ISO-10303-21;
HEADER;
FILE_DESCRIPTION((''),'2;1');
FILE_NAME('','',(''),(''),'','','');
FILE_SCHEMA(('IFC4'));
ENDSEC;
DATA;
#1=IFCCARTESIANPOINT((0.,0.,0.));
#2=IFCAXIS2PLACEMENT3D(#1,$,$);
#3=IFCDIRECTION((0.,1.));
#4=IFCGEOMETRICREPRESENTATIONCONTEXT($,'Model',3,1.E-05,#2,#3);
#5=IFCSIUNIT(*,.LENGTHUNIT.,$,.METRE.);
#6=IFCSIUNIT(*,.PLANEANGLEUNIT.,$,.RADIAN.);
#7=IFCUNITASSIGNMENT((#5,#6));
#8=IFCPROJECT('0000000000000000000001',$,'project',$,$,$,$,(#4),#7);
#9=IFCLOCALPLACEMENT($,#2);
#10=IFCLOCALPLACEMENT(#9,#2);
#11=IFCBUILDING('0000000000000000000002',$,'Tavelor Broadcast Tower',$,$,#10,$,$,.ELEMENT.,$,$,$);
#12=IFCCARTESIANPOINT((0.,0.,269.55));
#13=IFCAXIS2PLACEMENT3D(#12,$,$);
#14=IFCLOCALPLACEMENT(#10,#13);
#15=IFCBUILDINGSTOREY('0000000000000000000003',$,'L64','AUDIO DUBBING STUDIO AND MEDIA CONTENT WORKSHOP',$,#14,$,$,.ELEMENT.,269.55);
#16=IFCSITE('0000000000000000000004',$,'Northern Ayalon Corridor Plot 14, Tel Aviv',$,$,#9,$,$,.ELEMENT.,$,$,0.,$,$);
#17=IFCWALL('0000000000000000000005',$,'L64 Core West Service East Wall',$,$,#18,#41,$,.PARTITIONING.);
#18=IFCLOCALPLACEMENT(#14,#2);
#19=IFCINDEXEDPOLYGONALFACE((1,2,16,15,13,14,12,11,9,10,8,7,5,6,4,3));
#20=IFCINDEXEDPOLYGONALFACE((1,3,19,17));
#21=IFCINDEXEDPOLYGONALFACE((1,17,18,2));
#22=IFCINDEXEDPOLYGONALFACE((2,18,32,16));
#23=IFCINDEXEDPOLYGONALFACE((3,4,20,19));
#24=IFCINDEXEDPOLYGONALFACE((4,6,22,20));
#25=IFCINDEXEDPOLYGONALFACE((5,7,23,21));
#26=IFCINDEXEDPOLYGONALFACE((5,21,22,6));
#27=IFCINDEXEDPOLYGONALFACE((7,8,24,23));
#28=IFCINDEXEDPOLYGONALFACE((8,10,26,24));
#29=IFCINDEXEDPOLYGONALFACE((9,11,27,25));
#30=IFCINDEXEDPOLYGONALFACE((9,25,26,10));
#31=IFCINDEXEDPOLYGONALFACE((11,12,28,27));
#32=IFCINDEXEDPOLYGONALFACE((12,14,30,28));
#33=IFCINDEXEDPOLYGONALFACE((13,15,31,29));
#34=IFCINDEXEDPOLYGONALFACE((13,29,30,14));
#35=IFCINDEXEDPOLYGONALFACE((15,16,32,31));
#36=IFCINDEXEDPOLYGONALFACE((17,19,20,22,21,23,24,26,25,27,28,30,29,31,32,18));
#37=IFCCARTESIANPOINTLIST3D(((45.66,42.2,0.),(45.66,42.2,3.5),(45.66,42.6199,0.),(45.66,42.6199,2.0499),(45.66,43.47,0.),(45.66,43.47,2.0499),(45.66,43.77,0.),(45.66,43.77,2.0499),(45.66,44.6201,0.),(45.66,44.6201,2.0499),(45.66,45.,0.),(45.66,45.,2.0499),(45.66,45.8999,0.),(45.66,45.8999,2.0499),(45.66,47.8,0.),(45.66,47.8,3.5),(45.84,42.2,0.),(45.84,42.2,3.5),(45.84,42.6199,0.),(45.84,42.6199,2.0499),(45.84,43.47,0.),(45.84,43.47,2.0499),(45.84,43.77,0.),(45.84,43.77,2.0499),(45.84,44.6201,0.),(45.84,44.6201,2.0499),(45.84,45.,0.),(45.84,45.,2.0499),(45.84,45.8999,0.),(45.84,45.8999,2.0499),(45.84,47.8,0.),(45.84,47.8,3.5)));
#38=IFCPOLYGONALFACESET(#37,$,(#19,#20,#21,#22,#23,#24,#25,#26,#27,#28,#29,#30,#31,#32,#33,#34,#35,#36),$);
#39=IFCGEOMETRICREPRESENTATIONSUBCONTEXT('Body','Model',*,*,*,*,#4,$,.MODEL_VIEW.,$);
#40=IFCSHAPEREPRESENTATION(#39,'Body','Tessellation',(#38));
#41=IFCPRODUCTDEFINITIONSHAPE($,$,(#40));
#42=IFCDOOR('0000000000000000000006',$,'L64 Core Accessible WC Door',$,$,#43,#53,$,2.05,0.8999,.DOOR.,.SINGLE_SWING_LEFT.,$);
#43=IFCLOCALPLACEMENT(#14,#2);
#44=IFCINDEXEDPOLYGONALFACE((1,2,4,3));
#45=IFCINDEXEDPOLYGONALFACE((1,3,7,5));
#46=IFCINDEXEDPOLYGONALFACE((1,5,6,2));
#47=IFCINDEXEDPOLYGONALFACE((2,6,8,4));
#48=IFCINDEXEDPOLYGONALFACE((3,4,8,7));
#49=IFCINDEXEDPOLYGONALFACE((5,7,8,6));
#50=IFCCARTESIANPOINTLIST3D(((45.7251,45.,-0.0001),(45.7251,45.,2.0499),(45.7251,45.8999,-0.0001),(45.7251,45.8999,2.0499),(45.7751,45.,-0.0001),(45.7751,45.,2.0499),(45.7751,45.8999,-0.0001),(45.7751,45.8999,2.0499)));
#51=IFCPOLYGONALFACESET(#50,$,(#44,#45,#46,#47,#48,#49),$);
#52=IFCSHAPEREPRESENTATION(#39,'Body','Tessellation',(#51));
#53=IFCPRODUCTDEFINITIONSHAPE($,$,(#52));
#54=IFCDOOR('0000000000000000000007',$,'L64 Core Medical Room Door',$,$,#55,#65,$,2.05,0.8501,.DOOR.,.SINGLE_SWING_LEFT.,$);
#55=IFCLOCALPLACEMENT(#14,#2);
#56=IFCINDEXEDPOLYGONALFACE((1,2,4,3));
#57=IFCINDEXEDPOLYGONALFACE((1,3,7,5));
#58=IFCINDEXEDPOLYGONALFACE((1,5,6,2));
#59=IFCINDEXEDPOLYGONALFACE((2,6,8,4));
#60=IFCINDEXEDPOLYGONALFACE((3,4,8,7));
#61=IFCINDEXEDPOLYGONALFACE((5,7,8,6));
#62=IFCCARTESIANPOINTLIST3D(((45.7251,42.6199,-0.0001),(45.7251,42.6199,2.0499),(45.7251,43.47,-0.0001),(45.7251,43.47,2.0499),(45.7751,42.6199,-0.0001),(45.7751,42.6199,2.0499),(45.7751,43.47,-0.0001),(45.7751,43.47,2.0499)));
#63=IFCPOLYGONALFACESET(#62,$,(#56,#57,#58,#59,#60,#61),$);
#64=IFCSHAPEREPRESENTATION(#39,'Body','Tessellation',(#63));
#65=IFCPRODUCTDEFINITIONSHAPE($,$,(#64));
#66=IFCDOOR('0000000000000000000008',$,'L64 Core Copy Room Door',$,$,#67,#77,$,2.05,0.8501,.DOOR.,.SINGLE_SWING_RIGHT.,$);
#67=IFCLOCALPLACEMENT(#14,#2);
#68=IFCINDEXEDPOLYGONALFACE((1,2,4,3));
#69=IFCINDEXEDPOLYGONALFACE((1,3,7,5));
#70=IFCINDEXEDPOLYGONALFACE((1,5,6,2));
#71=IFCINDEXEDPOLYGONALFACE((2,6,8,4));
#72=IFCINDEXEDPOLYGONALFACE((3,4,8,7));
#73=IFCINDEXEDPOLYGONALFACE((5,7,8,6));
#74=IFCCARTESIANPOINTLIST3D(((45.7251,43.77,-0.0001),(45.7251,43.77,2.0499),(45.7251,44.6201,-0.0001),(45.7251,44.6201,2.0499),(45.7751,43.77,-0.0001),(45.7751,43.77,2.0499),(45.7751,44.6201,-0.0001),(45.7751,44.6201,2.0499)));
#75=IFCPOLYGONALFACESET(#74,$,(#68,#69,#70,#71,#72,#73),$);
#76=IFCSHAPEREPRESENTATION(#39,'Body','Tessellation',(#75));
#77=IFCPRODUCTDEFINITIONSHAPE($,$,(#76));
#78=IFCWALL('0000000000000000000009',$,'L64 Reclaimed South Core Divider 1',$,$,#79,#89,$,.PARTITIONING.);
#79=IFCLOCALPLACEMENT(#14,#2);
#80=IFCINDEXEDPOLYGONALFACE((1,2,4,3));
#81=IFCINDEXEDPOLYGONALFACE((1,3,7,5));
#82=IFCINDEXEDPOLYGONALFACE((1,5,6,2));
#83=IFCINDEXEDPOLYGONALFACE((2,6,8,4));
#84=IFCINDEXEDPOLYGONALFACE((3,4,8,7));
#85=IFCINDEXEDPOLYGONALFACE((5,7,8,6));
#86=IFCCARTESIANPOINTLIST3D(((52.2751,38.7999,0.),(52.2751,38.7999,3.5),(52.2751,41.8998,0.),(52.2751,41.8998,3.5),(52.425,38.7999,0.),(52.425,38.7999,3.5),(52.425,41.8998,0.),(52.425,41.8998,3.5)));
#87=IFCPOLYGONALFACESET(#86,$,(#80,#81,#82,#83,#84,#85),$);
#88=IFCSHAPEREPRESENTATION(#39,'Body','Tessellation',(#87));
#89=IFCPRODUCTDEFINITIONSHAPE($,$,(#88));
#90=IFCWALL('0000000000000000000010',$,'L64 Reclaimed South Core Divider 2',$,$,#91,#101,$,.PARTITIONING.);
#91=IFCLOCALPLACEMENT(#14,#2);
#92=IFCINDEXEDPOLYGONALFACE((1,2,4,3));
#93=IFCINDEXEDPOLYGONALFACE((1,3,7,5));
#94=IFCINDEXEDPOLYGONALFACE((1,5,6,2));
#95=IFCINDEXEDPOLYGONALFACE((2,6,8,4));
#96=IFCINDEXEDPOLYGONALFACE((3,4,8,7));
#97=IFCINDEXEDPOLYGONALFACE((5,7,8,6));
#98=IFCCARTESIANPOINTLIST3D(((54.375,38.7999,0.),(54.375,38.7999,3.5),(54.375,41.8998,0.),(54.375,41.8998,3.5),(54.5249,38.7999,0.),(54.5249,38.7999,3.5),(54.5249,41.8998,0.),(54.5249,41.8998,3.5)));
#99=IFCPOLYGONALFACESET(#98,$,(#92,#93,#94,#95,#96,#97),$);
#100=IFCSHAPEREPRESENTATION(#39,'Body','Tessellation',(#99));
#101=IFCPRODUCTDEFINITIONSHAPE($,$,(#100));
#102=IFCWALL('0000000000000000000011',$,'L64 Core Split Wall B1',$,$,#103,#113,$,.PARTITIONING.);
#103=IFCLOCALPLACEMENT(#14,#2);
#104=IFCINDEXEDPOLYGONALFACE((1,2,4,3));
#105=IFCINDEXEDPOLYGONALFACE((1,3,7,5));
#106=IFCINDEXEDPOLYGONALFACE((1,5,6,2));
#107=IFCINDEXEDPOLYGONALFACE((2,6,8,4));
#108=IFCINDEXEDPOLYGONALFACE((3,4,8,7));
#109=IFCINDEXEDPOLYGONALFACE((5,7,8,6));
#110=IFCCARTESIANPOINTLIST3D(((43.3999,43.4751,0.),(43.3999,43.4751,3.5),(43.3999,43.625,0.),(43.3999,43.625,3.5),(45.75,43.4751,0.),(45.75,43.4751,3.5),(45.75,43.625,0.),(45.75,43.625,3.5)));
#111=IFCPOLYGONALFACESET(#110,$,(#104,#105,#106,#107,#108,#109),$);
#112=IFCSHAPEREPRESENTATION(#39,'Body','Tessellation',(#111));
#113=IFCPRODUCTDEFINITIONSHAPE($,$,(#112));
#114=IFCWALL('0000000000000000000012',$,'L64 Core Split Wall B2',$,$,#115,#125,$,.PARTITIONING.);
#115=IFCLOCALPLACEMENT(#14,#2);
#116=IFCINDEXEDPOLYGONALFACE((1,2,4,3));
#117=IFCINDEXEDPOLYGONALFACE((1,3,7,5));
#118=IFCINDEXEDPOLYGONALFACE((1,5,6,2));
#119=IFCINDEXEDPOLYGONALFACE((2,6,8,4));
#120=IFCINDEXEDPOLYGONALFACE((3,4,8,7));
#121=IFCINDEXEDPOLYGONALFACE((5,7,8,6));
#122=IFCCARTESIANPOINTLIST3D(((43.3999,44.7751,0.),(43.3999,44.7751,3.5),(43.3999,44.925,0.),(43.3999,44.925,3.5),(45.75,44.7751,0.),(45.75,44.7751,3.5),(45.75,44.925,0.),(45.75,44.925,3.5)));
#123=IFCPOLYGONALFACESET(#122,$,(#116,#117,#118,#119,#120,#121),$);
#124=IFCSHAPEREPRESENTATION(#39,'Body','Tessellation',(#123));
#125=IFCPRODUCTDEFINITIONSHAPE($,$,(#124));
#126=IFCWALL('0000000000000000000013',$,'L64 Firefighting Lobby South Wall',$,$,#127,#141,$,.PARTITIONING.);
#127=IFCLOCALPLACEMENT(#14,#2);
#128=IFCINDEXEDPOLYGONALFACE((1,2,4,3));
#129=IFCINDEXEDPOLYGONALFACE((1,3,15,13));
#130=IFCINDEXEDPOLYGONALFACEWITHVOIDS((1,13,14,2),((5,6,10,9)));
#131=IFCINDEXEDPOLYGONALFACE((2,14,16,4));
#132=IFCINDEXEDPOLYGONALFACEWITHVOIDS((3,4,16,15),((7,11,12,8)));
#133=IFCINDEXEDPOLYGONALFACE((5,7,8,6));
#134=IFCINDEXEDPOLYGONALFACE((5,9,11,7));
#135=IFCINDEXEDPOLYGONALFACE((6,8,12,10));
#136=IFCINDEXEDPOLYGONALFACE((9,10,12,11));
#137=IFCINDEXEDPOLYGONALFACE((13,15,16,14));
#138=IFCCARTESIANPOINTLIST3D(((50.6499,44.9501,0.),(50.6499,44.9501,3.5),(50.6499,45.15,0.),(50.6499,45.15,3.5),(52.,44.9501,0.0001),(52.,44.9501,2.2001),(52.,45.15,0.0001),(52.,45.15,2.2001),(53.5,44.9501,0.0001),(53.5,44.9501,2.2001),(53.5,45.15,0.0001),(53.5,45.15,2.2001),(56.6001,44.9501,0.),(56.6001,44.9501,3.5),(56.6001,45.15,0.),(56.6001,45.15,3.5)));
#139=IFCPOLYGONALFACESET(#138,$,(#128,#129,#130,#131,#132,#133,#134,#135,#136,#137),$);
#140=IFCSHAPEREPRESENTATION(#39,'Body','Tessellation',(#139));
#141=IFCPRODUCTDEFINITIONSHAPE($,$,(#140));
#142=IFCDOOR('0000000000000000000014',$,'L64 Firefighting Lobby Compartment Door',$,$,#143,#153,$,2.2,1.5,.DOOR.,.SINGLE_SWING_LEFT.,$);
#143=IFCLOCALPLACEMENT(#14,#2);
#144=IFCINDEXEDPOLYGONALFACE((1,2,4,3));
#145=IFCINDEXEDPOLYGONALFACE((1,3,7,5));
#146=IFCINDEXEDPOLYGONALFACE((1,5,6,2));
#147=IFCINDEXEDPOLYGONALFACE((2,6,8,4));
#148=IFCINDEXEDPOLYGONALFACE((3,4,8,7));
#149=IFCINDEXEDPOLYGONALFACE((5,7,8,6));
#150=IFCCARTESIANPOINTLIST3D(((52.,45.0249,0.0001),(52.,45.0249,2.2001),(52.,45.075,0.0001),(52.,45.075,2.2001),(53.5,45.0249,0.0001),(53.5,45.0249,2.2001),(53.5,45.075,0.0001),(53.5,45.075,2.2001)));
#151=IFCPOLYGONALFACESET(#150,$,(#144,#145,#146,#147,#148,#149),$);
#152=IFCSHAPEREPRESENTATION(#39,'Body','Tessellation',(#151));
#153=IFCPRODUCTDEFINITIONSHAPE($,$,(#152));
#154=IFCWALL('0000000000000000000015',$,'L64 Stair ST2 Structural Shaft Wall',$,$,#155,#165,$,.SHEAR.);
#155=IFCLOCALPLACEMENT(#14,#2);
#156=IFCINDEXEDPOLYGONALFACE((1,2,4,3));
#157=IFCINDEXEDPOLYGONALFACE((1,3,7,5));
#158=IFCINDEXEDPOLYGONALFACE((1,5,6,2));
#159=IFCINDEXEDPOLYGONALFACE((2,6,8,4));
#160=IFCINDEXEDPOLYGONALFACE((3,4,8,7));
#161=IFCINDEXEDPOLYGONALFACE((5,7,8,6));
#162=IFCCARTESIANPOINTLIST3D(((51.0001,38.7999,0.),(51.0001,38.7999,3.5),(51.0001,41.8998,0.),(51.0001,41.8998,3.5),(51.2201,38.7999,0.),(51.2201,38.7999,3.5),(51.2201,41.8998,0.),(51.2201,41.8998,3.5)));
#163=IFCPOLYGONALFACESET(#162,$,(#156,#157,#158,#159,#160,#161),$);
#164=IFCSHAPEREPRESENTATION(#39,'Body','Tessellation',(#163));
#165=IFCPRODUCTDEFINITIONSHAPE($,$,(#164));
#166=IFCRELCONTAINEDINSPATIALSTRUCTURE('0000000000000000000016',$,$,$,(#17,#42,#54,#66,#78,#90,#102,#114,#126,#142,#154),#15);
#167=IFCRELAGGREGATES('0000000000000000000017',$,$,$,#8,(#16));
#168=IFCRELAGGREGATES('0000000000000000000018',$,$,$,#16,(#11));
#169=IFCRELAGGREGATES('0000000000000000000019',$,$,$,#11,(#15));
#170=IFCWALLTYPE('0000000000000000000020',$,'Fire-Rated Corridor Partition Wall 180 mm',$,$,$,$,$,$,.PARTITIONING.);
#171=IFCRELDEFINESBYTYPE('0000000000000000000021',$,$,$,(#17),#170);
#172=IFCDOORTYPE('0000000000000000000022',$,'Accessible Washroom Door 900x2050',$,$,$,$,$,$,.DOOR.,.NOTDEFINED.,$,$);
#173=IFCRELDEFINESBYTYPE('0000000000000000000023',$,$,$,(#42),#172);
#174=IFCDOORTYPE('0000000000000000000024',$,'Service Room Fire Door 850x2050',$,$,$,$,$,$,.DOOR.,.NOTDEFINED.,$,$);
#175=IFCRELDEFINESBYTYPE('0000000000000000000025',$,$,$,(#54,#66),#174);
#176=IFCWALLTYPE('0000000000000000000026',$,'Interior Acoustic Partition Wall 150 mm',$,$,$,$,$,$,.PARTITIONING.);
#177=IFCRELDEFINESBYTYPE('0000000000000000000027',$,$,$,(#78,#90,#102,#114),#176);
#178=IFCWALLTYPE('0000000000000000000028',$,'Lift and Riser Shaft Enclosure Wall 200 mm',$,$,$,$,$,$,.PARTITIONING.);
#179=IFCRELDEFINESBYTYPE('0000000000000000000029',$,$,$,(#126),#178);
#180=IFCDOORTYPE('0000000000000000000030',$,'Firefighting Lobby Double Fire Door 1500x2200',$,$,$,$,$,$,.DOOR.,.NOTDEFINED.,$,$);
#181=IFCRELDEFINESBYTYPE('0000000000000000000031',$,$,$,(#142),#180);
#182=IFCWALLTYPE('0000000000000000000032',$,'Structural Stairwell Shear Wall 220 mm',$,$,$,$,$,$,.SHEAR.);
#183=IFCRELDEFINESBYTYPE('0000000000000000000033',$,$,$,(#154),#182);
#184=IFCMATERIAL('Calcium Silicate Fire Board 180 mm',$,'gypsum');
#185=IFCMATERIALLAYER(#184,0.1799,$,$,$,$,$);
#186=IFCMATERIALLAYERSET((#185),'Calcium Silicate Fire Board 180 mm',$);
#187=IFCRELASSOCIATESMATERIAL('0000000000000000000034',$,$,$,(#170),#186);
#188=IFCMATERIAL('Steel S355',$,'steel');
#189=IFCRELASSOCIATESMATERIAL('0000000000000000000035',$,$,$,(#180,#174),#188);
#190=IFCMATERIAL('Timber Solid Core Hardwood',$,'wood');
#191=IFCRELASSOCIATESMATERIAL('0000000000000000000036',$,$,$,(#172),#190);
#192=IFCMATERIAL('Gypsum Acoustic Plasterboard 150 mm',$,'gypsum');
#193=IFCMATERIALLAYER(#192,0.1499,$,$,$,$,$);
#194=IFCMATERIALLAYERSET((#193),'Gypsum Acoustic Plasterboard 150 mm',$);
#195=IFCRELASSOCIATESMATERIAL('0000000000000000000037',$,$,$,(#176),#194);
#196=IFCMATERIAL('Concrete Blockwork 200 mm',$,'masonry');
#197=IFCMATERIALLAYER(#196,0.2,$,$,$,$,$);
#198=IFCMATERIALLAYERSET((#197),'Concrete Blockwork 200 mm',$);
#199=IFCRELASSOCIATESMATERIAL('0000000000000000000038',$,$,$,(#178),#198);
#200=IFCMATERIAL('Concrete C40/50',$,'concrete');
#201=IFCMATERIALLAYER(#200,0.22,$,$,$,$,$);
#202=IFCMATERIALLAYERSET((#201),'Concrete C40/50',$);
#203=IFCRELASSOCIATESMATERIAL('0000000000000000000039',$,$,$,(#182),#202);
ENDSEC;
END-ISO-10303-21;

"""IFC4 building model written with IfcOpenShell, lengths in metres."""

from ifc_helpers import new_model, si_unit, direction, frame, frame_2d, origin, place, context, subcontext, project, spatial, rectangle, extrude, material, layer, layer_set, type_object, element, fill, save


model = new_model("IFC4")

# Units and contexts
model_context = context("Model", 3, precision=1e-05, world=origin(), true_north=direction((0.0, 1.0)))
body_context = subcontext(model_context, "Body", "Model", "MODEL_VIEW")
ifc_project = project(units=[si_unit("LENGTHUNIT", "METRE"), si_unit("PLANEANGLEUNIT", "RADIAN")], contexts=[model_context])

# Site, building, storey
site_placement = place(None, origin())
site = spatial("IfcSite", under=ifc_project, at=site_placement, Name="Northern Ayalon Corridor Plot 14, Tel Aviv", CompositionType="ELEMENT", RefElevation=0.0)
building_placement = place(site_placement, origin())
building = spatial("IfcBuilding", under=site, at=building_placement, Name="Tavelor Broadcast Tower", CompositionType="ELEMENT")
storey_placement = place(building_placement, frame((0.0, 0.0, 269.55)))
storey = spatial("IfcBuildingStorey", under=building, at=storey_placement, Name="L64", Description="AUDIO DUBBING STUDIO AND MEDIA CONTENT WORKSHOP", CompositionType="ELEMENT", Elevation=269.55)

# Shared definitions
ifc_material_1 = material(Name="Concrete C40/50", Category="concrete")
ifc_material_2 = material(Name="Steel S355", Category="steel")

# Shared definitions
ifc_material_3 = material(Name="Calcium Silicate Fire Board 180 mm", Category="gypsum")
ifc_layer_1 = layer(ifc_material_3, 0.1799)
ifc_layer_set_1 = layer_set([ifc_layer_1], Name="Calcium Silicate Fire Board 180 mm")
wall_type_1 = type_object("IfcWallType", Name="Fire-Rated Corridor Partition Wall 180 mm", PredefinedType="PARTITIONING", material=ifc_layer_set_1)
door_type_1 = type_object("IfcDoorType", Name="Firefighting Lobby Double Fire Door 1500x2200", OperationType="NOTDEFINED", PredefinedType="DOOR", material=ifc_material_2)

# Wall, openings, doors
wall_1_placement = place(storey_placement, frame((45.75, 42.2, 0.0), z_axis=(0.0, 0.0, 1.0), x_axis=(0.0, 1.0, 0.0)))
wall_1 = element("IfcWall", 1, at=wall_1_placement, inside=storey, type_object=wall_type_1, Name="L64 Core West Service East Wall", PredefinedType="PARTITIONING", context=body_context, shape_type="SweptSolid", body=[
    extrude(rectangle(XDim=5.6001, YDim=0.1799, at=frame_2d((2.8, 0.0))), origin(), (0.0, 0.0, 1.0), 3.5),
])
opening_1_placement = place(wall_1_placement, frame((0.4199, 0.0, 0.0)))
opening_1 = element("IfcOpeningElement", 2, at=opening_1_placement, cuts=wall_1, PredefinedType="OPENING", context=body_context, shape_type="SweptSolid", body=[
    extrude(rectangle(XDim=0.8501, YDim=2.05, at=frame_2d((0.425, 1.0249))), frame((0.0, 0.1001, 0.0), z_axis=(0.0, -1.0, 0.0), x_axis=(1.0, 0.0, 0.0)), (0.0, 0.0, 1.0), 0.2),
])
opening_2_placement = place(wall_1_placement, frame((1.5701, 0.0, 0.0)))
opening_2 = element("IfcOpeningElement", 3, at=opening_2_placement, cuts=wall_1, PredefinedType="OPENING", context=body_context, shape_type="SweptSolid", body=[
    extrude(rectangle(XDim=0.8501, YDim=2.05, at=frame_2d((0.425, 1.0249))), frame((0.0, 0.1001, 0.0), z_axis=(0.0, -1.0, 0.0), x_axis=(1.0, 0.0, 0.0)), (0.0, 0.0, 1.0), 0.2),
])
opening_3_placement = place(wall_1_placement, frame((2.8, 0.0, 0.0)))
opening_3 = element("IfcOpeningElement", 4, at=opening_3_placement, cuts=wall_1, PredefinedType="OPENING", context=body_context, shape_type="SweptSolid", body=[
    extrude(rectangle(XDim=0.8999, YDim=2.05, at=frame_2d((0.45, 1.0249))), frame((0.0, 0.1001, 0.0), z_axis=(0.0, -1.0, 0.0), x_axis=(1.0, 0.0, 0.0)), (0.0, 0.0, 1.0), 0.2),
])
ifc_material_4 = material(Name="Timber Solid Core Hardwood", Category="wood")
door_type_2 = type_object("IfcDoorType", Name="Accessible Washroom Door 900x2050", OperationType="NOTDEFINED", PredefinedType="DOOR", material=ifc_material_4)
door_1_placement = place(opening_3_placement, origin())
door_1 = element("IfcDoor", 5, at=door_1_placement, inside=storey, type_object=door_type_2, Name="L64 Core Accessible WC Door", OperationType="SINGLE_SWING_LEFT", OverallHeight=2.05, OverallWidth=0.8999, PredefinedType="DOOR", context=body_context, shape_type="SweptSolid", body=[
    extrude(rectangle(XDim=0.8999, YDim=2.05, at=frame_2d((0.45, 1.0249))), frame((0.0, 0.0249, 0.0), z_axis=(0.0, -1.0, 0.0), x_axis=(1.0, 0.0, 0.0)), (0.0, 0.0, 1.0), 0.05),
])
fill(opening_3, door_1)
door_type_3 = type_object("IfcDoorType", Name="Service Room Fire Door 850x2050", OperationType="NOTDEFINED", PredefinedType="DOOR", material=ifc_material_2)
door_2_placement = place(opening_1_placement, origin())
door_2 = element("IfcDoor", 6, at=door_2_placement, inside=storey, type_object=door_type_3, Name="L64 Core Medical Room Door", OperationType="SINGLE_SWING_LEFT", OverallHeight=2.05, OverallWidth=0.8501, PredefinedType="DOOR", context=body_context, shape_type="SweptSolid", body=[
    extrude(rectangle(XDim=0.8501, YDim=2.05, at=frame_2d((0.425, 1.0249))), frame((0.0, 0.0249, 0.0), z_axis=(0.0, -1.0, 0.0), x_axis=(1.0, 0.0, 0.0)), (0.0, 0.0, 1.0), 0.05),
])
fill(opening_1, door_2)
door_3_placement = place(opening_2_placement, origin())
door_3 = element("IfcDoor", 7, at=door_3_placement, inside=storey, type_object=door_type_3, Name="L64 Core Copy Room Door", OperationType="SINGLE_SWING_RIGHT", OverallHeight=2.05, OverallWidth=0.8501, PredefinedType="DOOR", context=body_context, shape_type="SweptSolid", body=[
    extrude(rectangle(XDim=0.8501, YDim=2.05, at=frame_2d((0.425, 1.0249))), frame((0.0, 0.0249, 0.0), z_axis=(0.0, -1.0, 0.0), x_axis=(1.0, 0.0, 0.0)), (0.0, 0.0, 1.0), 0.05),
])
fill(opening_2, door_3)

# Walls
ifc_material_5 = material(Name="Gypsum Acoustic Plasterboard 150 mm", Category="gypsum")
ifc_layer_2 = layer(ifc_material_5, 0.1499)
ifc_layer_set_2 = layer_set([ifc_layer_2], Name="Gypsum Acoustic Plasterboard 150 mm")
wall_type_2 = type_object("IfcWallType", Name="Interior Acoustic Partition Wall 150 mm", PredefinedType="PARTITIONING", material=ifc_layer_set_2)
for number, where, z_axis, x_axis, name in (
    (8, (52.3501, 38.8, 0.0), (0.0, 0.0, 1.0), (0.0, 1.0, 0.0), "L64 Reclaimed South Core Divider 1"),
    (9, (54.45, 38.8, 0.0), (0.0, 0.0, 1.0), (0.0, 1.0, 0.0), "L64 Reclaimed South Core Divider 2"),
):
    element("IfcWall", number, at=place(storey_placement, frame(where, z_axis=z_axis, x_axis=x_axis)), inside=storey, type_object=wall_type_2, Name=name, PredefinedType="PARTITIONING", context=body_context, shape_type="SweptSolid", body=[
        extrude(rectangle(XDim=3.0999, YDim=0.1499, at=frame_2d((1.5498, 0.0))), origin(), (0.0, 0.0, 1.0), 3.5),
    ])
for number, where, z_axis, x_axis, name in (
    (10, (43.3999, 43.55, 0.0), (0.0, 0.0, 1.0), (1.0, 0.0, 0.0), "L64 Core Split Wall B1"),
    (11, (43.3999, 44.8501, 0.0), (0.0, 0.0, 1.0), (1.0, 0.0, 0.0), "L64 Core Split Wall B2"),
):
    element("IfcWall", number, at=place(storey_placement, frame(where, z_axis=z_axis, x_axis=x_axis)), inside=storey, type_object=wall_type_2, Name=name, PredefinedType="PARTITIONING", context=body_context, shape_type="SweptSolid", body=[
        extrude(rectangle(XDim=2.3501, YDim=0.1499, at=frame_2d((1.175, 0.0))), origin(), (0.0, 0.0, 1.0), 3.5),
    ])

# Wall, opening, door
ifc_material_6 = material(Name="Concrete Blockwork 200 mm", Category="masonry")
ifc_layer_3 = layer(ifc_material_6, 0.2)
ifc_layer_set_3 = layer_set([ifc_layer_3], Name="Concrete Blockwork 200 mm")
wall_type_3 = type_object("IfcWallType", Name="Lift and Riser Shaft Enclosure Wall 200 mm", PredefinedType="PARTITIONING", material=ifc_layer_set_3)
wall_2_placement = place(storey_placement, frame((50.6499, 45.05, 0.0), z_axis=(0.0, 0.0, 1.0), x_axis=(1.0, 0.0, 0.0)))
wall_2 = element("IfcWall", 12, at=wall_2_placement, inside=storey, type_object=wall_type_3, Name="L64 Firefighting Lobby South Wall", PredefinedType="PARTITIONING", context=body_context, shape_type="SweptSolid", body=[
    extrude(rectangle(XDim=5.9502, YDim=0.2, at=frame_2d((2.9751, 0.0))), origin(), (0.0, 0.0, 1.0), 3.5),
])
opening_4_placement = place(wall_2_placement, frame((1.3501, 0.0, 0.0)))
opening_4 = element("IfcOpeningElement", 13, at=opening_4_placement, cuts=wall_2, PredefinedType="OPENING", context=body_context, shape_type="SweptSolid", body=[
    extrude(rectangle(XDim=1.5, YDim=2.2, at=frame_2d((0.75, 1.1001))), frame((0.0, 0.1099, 0.0), z_axis=(0.0, -1.0, 0.0), x_axis=(1.0, 0.0, 0.0)), (0.0, 0.0, 1.0), 0.22),
])
door_4_placement = place(opening_4_placement, origin())
door_4 = element("IfcDoor", 14, at=door_4_placement, inside=storey, type_object=door_type_1, Name="L64 Firefighting Lobby Compartment Door", OperationType="SINGLE_SWING_LEFT", OverallHeight=2.2, OverallWidth=1.5, PredefinedType="DOOR", context=body_context, shape_type="SweptSolid", body=[
    extrude(rectangle(XDim=1.5, YDim=2.2, at=frame_2d((0.75, 1.1001))), frame((0.0, 0.0249, 0.0), z_axis=(0.0, -1.0, 0.0), x_axis=(1.0, 0.0, 0.0)), (0.0, 0.0, 1.0), 0.05),
])
fill(opening_4, door_4)

# Wall
ifc_layer_4 = layer(ifc_material_1, 0.22)
ifc_layer_set_4 = layer_set([ifc_layer_4], Name="Concrete C40/50")
wall_type_4 = type_object("IfcWallType", Name="Structural Stairwell Shear Wall 220 mm", PredefinedType="SHEAR", material=ifc_layer_set_4)
wall_3_placement = place(storey_placement, frame((51.1101, 38.8, 0.0), z_axis=(0.0, 0.0, 1.0), x_axis=(0.0, 1.0, 0.0)))
element("IfcWall", 15, at=wall_3_placement, inside=storey, type_object=wall_type_4, Name="L64 Stair ST2 Structural Shaft Wall", PredefinedType="SHEAR", context=body_context, shape_type="SweptSolid", body=[
    extrude(rectangle(XDim=3.0999, YDim=0.22, at=frame_2d((1.5498, 0.0))), origin(), (0.0, 0.0, 1.0), 3.5),
])

save(model, "model.ifc")
